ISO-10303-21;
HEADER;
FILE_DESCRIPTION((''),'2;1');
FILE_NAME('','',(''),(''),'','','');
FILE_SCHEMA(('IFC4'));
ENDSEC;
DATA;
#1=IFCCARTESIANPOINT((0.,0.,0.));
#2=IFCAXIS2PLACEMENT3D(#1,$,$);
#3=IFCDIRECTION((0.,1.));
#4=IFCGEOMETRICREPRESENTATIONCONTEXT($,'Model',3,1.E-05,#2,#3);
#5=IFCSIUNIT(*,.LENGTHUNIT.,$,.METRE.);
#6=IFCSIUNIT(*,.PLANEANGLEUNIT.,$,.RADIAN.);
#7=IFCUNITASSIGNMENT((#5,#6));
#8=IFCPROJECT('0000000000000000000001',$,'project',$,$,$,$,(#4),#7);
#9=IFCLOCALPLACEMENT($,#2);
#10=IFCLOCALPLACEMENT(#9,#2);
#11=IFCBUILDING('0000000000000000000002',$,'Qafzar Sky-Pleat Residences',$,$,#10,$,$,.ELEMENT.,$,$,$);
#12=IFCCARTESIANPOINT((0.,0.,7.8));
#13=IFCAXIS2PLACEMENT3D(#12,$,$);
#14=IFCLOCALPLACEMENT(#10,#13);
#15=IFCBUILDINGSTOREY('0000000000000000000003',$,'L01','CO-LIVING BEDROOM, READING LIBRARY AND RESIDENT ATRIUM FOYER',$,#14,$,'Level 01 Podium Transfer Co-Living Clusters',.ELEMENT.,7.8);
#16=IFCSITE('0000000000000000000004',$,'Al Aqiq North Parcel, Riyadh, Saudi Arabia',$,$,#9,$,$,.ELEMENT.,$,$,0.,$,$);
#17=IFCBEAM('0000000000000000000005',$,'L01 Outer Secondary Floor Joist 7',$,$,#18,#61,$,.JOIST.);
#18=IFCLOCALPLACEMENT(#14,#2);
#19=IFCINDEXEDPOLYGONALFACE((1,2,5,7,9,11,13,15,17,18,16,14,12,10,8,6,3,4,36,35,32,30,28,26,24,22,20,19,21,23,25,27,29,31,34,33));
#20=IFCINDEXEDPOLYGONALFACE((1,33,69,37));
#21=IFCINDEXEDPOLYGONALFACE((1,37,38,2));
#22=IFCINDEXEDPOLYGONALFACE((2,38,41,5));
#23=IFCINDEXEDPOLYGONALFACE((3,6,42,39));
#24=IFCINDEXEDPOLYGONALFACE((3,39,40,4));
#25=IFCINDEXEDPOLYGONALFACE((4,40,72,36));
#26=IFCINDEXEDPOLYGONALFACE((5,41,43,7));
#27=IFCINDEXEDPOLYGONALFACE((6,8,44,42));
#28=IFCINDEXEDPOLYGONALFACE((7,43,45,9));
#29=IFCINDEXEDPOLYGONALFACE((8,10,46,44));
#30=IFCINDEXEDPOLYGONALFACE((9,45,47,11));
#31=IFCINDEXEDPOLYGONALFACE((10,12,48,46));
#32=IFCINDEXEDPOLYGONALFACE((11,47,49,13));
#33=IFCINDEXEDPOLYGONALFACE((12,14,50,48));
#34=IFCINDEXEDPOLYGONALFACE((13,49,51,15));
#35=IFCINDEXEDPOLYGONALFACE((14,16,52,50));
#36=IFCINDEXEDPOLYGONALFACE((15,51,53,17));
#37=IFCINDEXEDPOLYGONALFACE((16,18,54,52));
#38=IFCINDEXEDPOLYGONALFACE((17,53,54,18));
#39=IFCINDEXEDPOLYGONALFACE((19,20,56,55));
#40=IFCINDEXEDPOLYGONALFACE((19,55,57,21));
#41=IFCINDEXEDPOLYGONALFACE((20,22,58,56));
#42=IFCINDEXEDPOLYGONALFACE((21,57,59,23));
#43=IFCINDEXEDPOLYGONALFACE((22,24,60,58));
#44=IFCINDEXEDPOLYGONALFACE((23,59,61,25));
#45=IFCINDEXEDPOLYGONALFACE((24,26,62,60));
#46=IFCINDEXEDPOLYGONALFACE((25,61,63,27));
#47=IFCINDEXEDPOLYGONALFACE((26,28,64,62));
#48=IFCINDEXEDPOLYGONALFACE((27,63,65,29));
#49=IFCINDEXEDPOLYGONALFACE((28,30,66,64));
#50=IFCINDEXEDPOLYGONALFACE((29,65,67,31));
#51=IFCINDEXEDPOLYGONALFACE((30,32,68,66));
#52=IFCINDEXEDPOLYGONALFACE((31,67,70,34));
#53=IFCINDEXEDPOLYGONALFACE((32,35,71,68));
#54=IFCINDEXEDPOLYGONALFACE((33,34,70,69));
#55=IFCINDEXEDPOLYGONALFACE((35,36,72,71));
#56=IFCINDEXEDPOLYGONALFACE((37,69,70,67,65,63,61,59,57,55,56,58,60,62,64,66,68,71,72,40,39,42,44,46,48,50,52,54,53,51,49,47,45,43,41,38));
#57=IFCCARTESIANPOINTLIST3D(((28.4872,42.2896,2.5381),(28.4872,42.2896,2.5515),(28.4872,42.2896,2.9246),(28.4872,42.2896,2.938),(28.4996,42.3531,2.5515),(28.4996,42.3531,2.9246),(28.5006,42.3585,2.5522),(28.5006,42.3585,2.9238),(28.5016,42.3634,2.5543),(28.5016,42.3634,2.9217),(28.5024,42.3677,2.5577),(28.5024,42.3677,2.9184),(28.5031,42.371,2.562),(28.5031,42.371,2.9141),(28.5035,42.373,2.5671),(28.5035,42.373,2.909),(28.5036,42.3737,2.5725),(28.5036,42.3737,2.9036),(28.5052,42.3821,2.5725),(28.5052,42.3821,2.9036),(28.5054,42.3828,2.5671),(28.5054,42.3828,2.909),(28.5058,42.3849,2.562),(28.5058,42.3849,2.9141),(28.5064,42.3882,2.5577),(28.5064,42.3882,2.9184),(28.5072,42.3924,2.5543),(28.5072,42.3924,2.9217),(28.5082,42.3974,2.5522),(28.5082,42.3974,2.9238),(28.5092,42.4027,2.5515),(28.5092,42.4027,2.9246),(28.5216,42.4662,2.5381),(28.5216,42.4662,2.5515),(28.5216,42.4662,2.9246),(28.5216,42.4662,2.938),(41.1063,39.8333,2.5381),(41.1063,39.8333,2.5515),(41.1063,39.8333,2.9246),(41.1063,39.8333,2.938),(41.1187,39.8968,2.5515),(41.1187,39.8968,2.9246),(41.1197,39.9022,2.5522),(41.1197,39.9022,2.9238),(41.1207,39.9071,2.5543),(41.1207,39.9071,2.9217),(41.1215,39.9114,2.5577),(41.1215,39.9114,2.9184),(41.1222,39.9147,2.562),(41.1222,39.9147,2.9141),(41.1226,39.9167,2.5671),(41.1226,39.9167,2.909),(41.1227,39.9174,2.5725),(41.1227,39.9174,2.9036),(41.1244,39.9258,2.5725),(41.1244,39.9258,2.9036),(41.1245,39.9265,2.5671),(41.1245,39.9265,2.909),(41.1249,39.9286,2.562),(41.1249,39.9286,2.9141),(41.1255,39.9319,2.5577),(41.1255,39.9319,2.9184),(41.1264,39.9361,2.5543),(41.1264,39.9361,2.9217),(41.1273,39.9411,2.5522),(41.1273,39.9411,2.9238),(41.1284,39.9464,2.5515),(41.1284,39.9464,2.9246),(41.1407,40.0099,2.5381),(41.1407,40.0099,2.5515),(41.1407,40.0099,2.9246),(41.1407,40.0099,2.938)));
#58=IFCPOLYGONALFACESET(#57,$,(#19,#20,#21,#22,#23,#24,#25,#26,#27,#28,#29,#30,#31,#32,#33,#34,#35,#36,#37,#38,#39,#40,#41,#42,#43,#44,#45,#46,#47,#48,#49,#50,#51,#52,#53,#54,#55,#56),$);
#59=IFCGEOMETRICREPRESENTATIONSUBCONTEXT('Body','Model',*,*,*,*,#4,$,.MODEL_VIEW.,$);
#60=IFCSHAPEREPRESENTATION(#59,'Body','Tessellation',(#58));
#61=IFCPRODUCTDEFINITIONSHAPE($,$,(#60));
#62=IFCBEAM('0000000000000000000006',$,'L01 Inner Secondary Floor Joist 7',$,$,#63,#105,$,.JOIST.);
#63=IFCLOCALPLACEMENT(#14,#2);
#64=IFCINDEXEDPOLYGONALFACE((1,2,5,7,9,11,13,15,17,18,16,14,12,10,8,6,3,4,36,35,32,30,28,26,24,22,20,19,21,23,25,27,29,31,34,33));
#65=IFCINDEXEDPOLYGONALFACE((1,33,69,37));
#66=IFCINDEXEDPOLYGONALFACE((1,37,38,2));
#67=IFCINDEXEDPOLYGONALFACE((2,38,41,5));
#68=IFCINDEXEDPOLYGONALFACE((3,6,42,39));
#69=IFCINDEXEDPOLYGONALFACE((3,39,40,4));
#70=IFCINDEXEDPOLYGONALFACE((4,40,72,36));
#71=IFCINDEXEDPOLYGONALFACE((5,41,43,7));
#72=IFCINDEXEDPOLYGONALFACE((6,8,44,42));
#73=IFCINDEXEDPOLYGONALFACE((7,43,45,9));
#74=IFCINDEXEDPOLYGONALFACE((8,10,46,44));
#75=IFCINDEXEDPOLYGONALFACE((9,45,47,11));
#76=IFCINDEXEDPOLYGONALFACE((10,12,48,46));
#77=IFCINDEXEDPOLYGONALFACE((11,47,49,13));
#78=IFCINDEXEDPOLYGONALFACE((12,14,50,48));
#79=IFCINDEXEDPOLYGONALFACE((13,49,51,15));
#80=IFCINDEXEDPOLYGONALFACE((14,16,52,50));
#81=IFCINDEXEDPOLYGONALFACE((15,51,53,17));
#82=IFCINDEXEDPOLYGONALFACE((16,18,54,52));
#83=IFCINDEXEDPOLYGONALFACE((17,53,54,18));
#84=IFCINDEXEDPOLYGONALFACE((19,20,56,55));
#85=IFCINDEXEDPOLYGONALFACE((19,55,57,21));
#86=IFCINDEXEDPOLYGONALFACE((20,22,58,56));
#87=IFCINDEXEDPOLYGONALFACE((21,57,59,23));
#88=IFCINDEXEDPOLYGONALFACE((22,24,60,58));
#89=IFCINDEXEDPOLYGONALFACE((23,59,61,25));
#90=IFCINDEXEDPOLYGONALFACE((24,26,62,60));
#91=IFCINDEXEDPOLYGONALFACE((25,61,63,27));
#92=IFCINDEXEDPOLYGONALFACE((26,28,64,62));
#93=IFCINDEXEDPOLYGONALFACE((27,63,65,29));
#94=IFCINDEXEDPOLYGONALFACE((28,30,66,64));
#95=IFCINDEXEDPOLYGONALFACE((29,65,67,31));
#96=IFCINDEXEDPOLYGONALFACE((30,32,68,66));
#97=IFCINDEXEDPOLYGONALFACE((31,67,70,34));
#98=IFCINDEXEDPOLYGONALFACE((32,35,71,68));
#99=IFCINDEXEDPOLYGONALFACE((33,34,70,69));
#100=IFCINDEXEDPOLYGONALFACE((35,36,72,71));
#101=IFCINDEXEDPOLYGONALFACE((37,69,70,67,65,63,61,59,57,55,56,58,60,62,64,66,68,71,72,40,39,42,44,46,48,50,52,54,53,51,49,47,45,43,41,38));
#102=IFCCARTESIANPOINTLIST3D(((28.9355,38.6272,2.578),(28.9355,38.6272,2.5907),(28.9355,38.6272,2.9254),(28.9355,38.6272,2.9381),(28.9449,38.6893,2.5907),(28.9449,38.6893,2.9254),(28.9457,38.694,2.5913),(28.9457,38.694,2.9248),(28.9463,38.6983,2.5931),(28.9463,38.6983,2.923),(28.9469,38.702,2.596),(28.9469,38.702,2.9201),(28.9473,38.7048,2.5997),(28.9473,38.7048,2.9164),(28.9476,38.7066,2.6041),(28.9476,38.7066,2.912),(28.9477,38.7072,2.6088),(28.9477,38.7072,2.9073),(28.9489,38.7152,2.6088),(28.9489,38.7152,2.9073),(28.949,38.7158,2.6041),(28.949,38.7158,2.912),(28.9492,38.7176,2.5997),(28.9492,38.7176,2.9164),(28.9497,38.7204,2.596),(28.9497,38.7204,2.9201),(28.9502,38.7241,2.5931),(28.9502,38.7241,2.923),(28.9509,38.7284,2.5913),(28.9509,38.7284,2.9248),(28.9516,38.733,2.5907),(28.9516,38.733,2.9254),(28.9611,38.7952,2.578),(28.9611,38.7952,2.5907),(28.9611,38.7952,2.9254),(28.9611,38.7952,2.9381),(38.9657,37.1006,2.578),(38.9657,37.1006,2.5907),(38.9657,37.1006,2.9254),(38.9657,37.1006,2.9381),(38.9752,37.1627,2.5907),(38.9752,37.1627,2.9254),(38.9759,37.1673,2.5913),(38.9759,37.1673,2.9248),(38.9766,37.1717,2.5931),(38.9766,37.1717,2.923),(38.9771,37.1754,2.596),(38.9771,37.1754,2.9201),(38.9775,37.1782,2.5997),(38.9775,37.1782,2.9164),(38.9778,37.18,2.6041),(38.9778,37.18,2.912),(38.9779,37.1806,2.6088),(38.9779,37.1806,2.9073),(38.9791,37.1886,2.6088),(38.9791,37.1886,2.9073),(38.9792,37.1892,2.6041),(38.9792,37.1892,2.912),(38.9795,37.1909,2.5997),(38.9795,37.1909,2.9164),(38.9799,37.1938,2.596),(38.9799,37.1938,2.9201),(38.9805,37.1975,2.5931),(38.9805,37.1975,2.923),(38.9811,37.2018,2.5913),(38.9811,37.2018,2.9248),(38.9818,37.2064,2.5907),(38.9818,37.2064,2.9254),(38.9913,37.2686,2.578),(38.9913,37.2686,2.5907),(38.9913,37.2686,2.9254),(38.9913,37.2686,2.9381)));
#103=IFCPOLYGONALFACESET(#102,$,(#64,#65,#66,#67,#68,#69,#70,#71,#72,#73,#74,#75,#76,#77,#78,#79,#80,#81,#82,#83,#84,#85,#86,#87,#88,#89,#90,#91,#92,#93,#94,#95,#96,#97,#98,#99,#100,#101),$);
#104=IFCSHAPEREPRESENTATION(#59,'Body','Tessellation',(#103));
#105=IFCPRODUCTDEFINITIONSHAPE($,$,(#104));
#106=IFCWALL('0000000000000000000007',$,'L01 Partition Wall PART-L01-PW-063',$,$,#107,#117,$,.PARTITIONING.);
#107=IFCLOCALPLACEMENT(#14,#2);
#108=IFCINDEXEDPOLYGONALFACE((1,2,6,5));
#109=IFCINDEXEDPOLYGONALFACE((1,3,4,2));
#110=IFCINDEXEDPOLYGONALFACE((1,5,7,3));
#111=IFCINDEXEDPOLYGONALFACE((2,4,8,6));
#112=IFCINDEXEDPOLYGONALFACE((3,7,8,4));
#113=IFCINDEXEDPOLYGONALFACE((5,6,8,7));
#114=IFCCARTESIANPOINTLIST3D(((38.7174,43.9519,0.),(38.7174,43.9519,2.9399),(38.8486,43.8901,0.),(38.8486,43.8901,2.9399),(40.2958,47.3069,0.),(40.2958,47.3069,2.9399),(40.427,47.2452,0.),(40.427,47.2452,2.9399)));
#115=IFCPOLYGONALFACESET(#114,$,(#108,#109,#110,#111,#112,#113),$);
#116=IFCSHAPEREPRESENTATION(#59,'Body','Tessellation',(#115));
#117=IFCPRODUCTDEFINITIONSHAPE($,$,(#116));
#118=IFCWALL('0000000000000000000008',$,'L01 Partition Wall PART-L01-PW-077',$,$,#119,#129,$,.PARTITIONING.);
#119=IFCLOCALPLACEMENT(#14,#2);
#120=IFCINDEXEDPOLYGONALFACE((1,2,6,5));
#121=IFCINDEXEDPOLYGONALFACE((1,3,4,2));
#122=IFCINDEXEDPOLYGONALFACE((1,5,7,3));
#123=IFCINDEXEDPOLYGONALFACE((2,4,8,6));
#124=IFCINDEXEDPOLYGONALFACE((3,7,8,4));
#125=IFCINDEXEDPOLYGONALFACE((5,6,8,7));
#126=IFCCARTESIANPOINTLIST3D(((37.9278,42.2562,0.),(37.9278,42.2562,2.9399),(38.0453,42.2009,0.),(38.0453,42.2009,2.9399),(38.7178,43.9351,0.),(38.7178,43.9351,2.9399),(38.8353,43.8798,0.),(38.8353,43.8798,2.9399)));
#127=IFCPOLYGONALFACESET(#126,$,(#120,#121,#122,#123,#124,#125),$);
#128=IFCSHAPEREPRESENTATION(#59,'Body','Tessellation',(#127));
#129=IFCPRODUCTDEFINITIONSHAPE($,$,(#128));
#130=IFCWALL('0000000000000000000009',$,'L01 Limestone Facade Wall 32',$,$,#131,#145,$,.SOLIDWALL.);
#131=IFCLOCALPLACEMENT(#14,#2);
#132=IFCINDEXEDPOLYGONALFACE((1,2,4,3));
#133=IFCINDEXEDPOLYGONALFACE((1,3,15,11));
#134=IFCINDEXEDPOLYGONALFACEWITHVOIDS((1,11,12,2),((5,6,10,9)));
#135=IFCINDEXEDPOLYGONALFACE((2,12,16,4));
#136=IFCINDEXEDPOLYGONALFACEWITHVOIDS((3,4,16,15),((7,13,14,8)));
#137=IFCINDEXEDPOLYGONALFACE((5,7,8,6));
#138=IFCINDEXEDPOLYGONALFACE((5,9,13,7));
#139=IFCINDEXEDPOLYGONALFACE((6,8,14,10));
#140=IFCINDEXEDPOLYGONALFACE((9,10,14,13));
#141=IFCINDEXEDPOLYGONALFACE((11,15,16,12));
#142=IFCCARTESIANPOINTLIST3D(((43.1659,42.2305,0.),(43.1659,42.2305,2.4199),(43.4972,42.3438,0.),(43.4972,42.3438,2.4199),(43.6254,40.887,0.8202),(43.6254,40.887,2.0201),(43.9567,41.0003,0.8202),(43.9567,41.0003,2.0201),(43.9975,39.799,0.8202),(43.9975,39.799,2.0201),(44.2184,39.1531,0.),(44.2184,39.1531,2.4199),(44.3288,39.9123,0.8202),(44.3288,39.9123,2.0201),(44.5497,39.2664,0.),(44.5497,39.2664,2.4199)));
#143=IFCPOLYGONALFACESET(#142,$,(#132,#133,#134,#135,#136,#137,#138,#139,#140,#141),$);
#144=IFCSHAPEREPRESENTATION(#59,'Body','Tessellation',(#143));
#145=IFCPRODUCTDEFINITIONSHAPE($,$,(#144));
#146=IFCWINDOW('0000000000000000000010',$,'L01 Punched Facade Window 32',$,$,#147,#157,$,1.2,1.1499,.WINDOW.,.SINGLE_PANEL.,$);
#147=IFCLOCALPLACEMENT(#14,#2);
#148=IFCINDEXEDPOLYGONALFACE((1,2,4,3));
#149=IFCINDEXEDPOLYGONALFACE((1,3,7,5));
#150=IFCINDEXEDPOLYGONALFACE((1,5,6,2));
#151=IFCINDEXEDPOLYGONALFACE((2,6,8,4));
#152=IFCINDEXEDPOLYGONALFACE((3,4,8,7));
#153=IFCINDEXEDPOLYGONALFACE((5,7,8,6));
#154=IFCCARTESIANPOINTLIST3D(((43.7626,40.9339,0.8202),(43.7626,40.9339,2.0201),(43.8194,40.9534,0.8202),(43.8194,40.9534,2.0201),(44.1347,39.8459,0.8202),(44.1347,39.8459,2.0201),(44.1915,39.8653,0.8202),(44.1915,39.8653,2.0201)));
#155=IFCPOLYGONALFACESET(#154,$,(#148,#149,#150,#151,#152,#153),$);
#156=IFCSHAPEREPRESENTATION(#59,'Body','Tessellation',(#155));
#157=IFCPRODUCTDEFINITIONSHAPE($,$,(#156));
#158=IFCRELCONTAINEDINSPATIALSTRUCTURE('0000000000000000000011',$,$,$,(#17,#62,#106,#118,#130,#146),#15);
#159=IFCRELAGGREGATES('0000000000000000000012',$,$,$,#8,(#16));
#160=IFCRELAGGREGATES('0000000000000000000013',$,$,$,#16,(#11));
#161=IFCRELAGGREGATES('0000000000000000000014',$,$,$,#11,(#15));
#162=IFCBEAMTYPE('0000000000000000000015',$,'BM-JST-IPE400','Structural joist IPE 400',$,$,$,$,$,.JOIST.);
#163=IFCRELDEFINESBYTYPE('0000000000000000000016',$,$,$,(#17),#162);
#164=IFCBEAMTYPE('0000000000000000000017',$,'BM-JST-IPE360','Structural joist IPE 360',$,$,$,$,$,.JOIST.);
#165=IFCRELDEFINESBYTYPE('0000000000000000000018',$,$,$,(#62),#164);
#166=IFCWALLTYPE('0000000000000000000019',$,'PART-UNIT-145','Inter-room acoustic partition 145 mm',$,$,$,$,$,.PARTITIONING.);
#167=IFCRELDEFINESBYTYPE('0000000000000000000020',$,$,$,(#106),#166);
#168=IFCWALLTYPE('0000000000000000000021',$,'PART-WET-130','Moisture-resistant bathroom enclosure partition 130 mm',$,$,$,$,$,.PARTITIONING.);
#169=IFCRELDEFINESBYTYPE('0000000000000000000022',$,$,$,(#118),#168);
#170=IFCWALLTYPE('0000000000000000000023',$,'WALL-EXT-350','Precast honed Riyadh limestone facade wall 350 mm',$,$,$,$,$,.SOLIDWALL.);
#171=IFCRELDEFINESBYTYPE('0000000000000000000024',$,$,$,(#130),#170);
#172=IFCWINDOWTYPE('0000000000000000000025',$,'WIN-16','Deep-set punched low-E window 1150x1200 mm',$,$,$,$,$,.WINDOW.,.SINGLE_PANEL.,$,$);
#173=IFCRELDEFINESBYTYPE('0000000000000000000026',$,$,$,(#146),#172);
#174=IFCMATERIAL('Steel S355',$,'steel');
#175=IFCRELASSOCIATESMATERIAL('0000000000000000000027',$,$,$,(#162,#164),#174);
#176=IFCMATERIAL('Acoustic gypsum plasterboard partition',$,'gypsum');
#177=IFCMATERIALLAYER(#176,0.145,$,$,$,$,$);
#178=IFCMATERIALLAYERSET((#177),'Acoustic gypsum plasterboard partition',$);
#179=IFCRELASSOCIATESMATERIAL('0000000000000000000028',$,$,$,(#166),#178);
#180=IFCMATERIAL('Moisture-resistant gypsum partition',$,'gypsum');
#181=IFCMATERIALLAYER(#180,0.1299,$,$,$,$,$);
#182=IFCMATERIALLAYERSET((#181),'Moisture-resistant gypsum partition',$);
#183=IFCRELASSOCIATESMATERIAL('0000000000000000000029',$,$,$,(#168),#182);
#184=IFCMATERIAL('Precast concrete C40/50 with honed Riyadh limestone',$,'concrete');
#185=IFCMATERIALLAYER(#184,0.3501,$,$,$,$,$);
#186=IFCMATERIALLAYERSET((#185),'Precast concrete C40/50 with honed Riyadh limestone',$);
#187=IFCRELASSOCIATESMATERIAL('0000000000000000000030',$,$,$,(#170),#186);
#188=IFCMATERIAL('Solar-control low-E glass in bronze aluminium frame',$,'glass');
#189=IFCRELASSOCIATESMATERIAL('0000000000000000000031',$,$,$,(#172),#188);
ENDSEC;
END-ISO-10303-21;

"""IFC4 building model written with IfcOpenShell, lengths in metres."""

from ifc_helpers import new_model, si_unit, direction, frame, frame_2d, origin, origin_2d, place, context, subcontext, project, spatial, rectangle, i_section, extrude, source, transform, mapped, material, layer, layer_set, material_profile, profile_set, type_object, element, fill, save


model = new_model("IFC4")

# Units and contexts
model_context = context("Model", 3, precision=1e-05, world=origin(), true_north=direction((0.0, 1.0)))
body_context = subcontext(model_context, "Body", "Model", "MODEL_VIEW")
ifc_project = project(units=[si_unit("LENGTHUNIT", "METRE"), si_unit("PLANEANGLEUNIT", "RADIAN")], contexts=[model_context])

# Site, building, storey
site_placement = place(None, origin())
site = spatial("IfcSite", under=ifc_project, at=site_placement, Name="Al Aqiq North Parcel, Riyadh, Saudi Arabia", CompositionType="ELEMENT", RefElevation=0.0)
building_placement = place(site_placement, origin())
building = spatial("IfcBuilding", under=site, at=building_placement, Name="Qafzar Sky-Pleat Residences", CompositionType="ELEMENT")
storey_placement = place(building_placement, frame((0.0, 0.0, 7.8)))
storey = spatial("IfcBuildingStorey", under=building, at=storey_placement, Name="L01", Description="CO-LIVING BEDROOM, READING LIBRARY AND RESIDENT ATRIUM FOYER", LongName="Level 01 Podium Transfer Co-Living Clusters", CompositionType="ELEMENT", Elevation=7.8)

# Beams
ifc_material_1 = material(Name="Steel S355", Category="steel")
ifc_material_profile_1 = material_profile(ifc_material_1, i_section(OverallWidth=0.1799, OverallDepth=0.3999, WebThickness=0.0085, FlangeThickness=0.0134, FilletRadius=0.021, at=origin_2d()), Name="IPE 400")
ifc_profile_set_1 = profile_set([ifc_material_profile_1], Name="Steel S355")
beam_type_1 = type_object("IfcBeamType", Name="BM-JST-IPE400", Description="Structural joist IPE 400", PredefinedType="JOIST", material=ifc_profile_set_1)
shared_shape_1 = source(origin(), body_context, "Body", "SweptSolid", [
    extrude(i_section(OverallWidth=0.1799, OverallDepth=0.3999, WebThickness=0.0085, FlangeThickness=0.0134, FilletRadius=0.021, at=origin_2d()), origin(), (0.0, 0.0, 1.0), 12.856),
])
beam_1_placement = place(storey_placement, frame((41.1235, 39.9216, 2.738), z_axis=(-0.981578, 0.191063, 0.0), x_axis=(-0.191063, -0.981578, 0.0)))
element("IfcBeam", 1, at=beam_1_placement, inside=storey, type_object=beam_type_1, Name="L01 Outer Secondary Floor Joist 7", PredefinedType="JOIST", context=body_context, shape_type="MappedRepresentation", body=[
    mapped(shared_shape_1, transform((0.0, 0.0, 0.0), x_axis=(1.0, 0.0, 0.0), y_axis=(0.0, 1.0, 0.0), z_axis=(0.0, 0.0, 1.0), scale=1.0)),
])
ifc_material_profile_2 = material_profile(ifc_material_1, i_section(OverallWidth=0.1699, OverallDepth=0.3601, WebThickness=0.0081, FlangeThickness=0.0127, FilletRadius=0.0181, at=origin_2d()), Name="IPE 360")
ifc_profile_set_2 = profile_set([ifc_material_profile_2], Name="Steel S355")
beam_type_2 = type_object("IfcBeamType", Name="BM-JST-IPE360", Description="Structural joist IPE 360", PredefinedType="JOIST", material=ifc_profile_set_2)
shared_shape_2 = source(origin(), body_context, "Body", "SweptSolid", [
    extrude(i_section(OverallWidth=0.1699, OverallDepth=0.3601, WebThickness=0.0081, FlangeThickness=0.0127, FilletRadius=0.0181, at=origin_2d()), origin(), (0.0, 0.0, 1.0), 10.1458),
])
beam_2_placement = place(storey_placement, frame((38.9785, 37.1846, 2.7581), z_axis=(-0.988615, 0.150468, 0.0), x_axis=(-0.150468, -0.988615, 0.0)))
element("IfcBeam", 2, at=beam_2_placement, inside=storey, type_object=beam_type_2, Name="L01 Inner Secondary Floor Joist 7", PredefinedType="JOIST", context=body_context, shape_type="MappedRepresentation", body=[
    mapped(shared_shape_2, transform((0.0, 0.0, 0.0), x_axis=(1.0, 0.0, 0.0), y_axis=(0.0, 1.0, 0.0), z_axis=(0.0, 0.0, 1.0), scale=1.0)),
])

# Walls
ifc_material_2 = material(Name="Acoustic gypsum plasterboard partition", Category="gypsum")
ifc_layer_1 = layer(ifc_material_2, 0.145)
ifc_layer_set_1 = layer_set([ifc_layer_1], Name="Acoustic gypsum plasterboard partition")
wall_type_1 = type_object("IfcWallType", Name="PART-UNIT-145", Description="Inter-room acoustic partition 145 mm", PredefinedType="PARTITIONING", material=ifc_layer_set_1)
wall_1_placement = place(storey_placement, frame((38.783, 43.9209, 0.0), z_axis=(0.0, 0.0, 1.0), x_axis=(0.425699, 0.904865, 0.0)))
element("IfcWall", 3, at=wall_1_placement, inside=storey, type_object=wall_type_1, Name="L01 Partition Wall PART-L01-PW-063", PredefinedType="PARTITIONING", context=body_context, shape_type="SweptSolid", body=[
    extrude(rectangle(XDim=3.7078, YDim=0.145, at=frame_2d((1.854, 0.0))), origin(), (0.0, 0.0, 1.0), 2.9399),
])
ifc_material_3 = material(Name="Moisture-resistant gypsum partition", Category="gypsum")
ifc_layer_2 = layer(ifc_material_3, 0.1299)
ifc_layer_set_2 = layer_set([ifc_layer_2], Name="Moisture-resistant gypsum partition")
wall_type_2 = type_object("IfcWallType", Name="PART-WET-130", Description="Moisture-resistant bathroom enclosure partition 130 mm", PredefinedType="PARTITIONING", material=ifc_layer_set_2)
wall_2_placement = place(storey_placement, frame((37.9866, 42.2285, 0.0), z_axis=(0.0, 0.0, 1.0), x_axis=(0.425772, 0.904831, 0.0)))
element("IfcWall", 4, at=wall_2_placement, inside=storey, type_object=wall_type_2, Name="L01 Partition Wall PART-L01-PW-077", PredefinedType="PARTITIONING", context=body_context, shape_type="SweptSolid", body=[
    extrude(rectangle(XDim=1.8555, YDim=0.1299, at=frame_2d((0.9277, 0.0))), origin(), (0.0, 0.0, 1.0), 2.9399),
])

# Wall, opening, window
ifc_material_4 = material(Name="Precast concrete C40/50 with honed Riyadh limestone", Category="concrete")
ifc_layer_3 = layer(ifc_material_4, 0.3501)
ifc_layer_set_3 = layer_set([ifc_layer_3], Name="Precast concrete C40/50 with honed Riyadh limestone")
wall_type_3 = type_object("IfcWallType", Name="WALL-EXT-350", Description="Precast honed Riyadh limestone facade wall 350 mm", PredefinedType="SOLIDWALL", material=ifc_layer_set_3)
wall_3_placement = place(storey_placement, frame((44.384, 39.2097, 0.0), z_axis=(0.0, 0.0, 1.0), x_axis=(-0.323605, 0.946192, 0.0)))
wall_3 = element("IfcWall", 5, at=wall_3_placement, inside=storey, type_object=wall_type_3, Name="L01 Limestone Facade Wall 32", PredefinedType="SOLIDWALL", context=body_context, shape_type="SweptSolid", body=[
    extrude(rectangle(XDim=3.2524, YDim=0.3501, at=frame_2d((1.6262, 0.0))), origin(), (0.0, 0.0, 1.0), 2.4199),
])
opening_1_placement = place(wall_3_placement, frame((0.6826, 0.0, 0.8201)))
opening_1 = element("IfcOpeningElement", 6, at=opening_1_placement, cuts=wall_3, PredefinedType="OPENING", context=body_context, shape_type="SweptSolid", body=[
    extrude(rectangle(XDim=1.1499, YDim=1.2, at=frame_2d((0.575, 0.6001))), frame((0.0, 0.1851, 0.0), z_axis=(0.0, -1.0, 0.0), x_axis=(1.0, 0.0, 0.0)), (0.0, 0.0, 1.0), 0.3701),
])
ifc_material_5 = material(Name="Solar-control low-E glass in bronze aluminium frame", Category="glass")
window_type_1 = type_object("IfcWindowType", Name="WIN-16", Description="Deep-set punched low-E window 1150x1200 mm", PartitioningType="SINGLE_PANEL", PredefinedType="WINDOW", material=ifc_material_5)
shared_shape_3 = source(origin(), body_context, "Body", "SweptSolid", [
    extrude(rectangle(XDim=1.1499, YDim=1.2, at=frame_2d((0.575, 0.6001))), frame((0.0, 0.03, 0.0), z_axis=(0.0, -1.0, 0.0), x_axis=(1.0, 0.0, 0.0)), (0.0, 0.0, 1.0), 0.0601),
])
window_1_placement = place(opening_1_placement, origin())
window_1 = element("IfcWindow", 7, at=window_1_placement, inside=storey, type_object=window_type_1, Name="L01 Punched Facade Window 32", OverallHeight=1.2, OverallWidth=1.1499, PartitioningType="SINGLE_PANEL", PredefinedType="WINDOW", context=body_context, shape_type="MappedRepresentation", body=[
    mapped(shared_shape_3, transform((0.0, 0.0, 0.0), x_axis=(1.0, 0.0, 0.0), y_axis=(0.0, 1.0, 0.0), z_axis=(0.0, 0.0, 1.0), scale=1.0)),
])
fill(opening_1, window_1)

save(model, "model.ifc")
